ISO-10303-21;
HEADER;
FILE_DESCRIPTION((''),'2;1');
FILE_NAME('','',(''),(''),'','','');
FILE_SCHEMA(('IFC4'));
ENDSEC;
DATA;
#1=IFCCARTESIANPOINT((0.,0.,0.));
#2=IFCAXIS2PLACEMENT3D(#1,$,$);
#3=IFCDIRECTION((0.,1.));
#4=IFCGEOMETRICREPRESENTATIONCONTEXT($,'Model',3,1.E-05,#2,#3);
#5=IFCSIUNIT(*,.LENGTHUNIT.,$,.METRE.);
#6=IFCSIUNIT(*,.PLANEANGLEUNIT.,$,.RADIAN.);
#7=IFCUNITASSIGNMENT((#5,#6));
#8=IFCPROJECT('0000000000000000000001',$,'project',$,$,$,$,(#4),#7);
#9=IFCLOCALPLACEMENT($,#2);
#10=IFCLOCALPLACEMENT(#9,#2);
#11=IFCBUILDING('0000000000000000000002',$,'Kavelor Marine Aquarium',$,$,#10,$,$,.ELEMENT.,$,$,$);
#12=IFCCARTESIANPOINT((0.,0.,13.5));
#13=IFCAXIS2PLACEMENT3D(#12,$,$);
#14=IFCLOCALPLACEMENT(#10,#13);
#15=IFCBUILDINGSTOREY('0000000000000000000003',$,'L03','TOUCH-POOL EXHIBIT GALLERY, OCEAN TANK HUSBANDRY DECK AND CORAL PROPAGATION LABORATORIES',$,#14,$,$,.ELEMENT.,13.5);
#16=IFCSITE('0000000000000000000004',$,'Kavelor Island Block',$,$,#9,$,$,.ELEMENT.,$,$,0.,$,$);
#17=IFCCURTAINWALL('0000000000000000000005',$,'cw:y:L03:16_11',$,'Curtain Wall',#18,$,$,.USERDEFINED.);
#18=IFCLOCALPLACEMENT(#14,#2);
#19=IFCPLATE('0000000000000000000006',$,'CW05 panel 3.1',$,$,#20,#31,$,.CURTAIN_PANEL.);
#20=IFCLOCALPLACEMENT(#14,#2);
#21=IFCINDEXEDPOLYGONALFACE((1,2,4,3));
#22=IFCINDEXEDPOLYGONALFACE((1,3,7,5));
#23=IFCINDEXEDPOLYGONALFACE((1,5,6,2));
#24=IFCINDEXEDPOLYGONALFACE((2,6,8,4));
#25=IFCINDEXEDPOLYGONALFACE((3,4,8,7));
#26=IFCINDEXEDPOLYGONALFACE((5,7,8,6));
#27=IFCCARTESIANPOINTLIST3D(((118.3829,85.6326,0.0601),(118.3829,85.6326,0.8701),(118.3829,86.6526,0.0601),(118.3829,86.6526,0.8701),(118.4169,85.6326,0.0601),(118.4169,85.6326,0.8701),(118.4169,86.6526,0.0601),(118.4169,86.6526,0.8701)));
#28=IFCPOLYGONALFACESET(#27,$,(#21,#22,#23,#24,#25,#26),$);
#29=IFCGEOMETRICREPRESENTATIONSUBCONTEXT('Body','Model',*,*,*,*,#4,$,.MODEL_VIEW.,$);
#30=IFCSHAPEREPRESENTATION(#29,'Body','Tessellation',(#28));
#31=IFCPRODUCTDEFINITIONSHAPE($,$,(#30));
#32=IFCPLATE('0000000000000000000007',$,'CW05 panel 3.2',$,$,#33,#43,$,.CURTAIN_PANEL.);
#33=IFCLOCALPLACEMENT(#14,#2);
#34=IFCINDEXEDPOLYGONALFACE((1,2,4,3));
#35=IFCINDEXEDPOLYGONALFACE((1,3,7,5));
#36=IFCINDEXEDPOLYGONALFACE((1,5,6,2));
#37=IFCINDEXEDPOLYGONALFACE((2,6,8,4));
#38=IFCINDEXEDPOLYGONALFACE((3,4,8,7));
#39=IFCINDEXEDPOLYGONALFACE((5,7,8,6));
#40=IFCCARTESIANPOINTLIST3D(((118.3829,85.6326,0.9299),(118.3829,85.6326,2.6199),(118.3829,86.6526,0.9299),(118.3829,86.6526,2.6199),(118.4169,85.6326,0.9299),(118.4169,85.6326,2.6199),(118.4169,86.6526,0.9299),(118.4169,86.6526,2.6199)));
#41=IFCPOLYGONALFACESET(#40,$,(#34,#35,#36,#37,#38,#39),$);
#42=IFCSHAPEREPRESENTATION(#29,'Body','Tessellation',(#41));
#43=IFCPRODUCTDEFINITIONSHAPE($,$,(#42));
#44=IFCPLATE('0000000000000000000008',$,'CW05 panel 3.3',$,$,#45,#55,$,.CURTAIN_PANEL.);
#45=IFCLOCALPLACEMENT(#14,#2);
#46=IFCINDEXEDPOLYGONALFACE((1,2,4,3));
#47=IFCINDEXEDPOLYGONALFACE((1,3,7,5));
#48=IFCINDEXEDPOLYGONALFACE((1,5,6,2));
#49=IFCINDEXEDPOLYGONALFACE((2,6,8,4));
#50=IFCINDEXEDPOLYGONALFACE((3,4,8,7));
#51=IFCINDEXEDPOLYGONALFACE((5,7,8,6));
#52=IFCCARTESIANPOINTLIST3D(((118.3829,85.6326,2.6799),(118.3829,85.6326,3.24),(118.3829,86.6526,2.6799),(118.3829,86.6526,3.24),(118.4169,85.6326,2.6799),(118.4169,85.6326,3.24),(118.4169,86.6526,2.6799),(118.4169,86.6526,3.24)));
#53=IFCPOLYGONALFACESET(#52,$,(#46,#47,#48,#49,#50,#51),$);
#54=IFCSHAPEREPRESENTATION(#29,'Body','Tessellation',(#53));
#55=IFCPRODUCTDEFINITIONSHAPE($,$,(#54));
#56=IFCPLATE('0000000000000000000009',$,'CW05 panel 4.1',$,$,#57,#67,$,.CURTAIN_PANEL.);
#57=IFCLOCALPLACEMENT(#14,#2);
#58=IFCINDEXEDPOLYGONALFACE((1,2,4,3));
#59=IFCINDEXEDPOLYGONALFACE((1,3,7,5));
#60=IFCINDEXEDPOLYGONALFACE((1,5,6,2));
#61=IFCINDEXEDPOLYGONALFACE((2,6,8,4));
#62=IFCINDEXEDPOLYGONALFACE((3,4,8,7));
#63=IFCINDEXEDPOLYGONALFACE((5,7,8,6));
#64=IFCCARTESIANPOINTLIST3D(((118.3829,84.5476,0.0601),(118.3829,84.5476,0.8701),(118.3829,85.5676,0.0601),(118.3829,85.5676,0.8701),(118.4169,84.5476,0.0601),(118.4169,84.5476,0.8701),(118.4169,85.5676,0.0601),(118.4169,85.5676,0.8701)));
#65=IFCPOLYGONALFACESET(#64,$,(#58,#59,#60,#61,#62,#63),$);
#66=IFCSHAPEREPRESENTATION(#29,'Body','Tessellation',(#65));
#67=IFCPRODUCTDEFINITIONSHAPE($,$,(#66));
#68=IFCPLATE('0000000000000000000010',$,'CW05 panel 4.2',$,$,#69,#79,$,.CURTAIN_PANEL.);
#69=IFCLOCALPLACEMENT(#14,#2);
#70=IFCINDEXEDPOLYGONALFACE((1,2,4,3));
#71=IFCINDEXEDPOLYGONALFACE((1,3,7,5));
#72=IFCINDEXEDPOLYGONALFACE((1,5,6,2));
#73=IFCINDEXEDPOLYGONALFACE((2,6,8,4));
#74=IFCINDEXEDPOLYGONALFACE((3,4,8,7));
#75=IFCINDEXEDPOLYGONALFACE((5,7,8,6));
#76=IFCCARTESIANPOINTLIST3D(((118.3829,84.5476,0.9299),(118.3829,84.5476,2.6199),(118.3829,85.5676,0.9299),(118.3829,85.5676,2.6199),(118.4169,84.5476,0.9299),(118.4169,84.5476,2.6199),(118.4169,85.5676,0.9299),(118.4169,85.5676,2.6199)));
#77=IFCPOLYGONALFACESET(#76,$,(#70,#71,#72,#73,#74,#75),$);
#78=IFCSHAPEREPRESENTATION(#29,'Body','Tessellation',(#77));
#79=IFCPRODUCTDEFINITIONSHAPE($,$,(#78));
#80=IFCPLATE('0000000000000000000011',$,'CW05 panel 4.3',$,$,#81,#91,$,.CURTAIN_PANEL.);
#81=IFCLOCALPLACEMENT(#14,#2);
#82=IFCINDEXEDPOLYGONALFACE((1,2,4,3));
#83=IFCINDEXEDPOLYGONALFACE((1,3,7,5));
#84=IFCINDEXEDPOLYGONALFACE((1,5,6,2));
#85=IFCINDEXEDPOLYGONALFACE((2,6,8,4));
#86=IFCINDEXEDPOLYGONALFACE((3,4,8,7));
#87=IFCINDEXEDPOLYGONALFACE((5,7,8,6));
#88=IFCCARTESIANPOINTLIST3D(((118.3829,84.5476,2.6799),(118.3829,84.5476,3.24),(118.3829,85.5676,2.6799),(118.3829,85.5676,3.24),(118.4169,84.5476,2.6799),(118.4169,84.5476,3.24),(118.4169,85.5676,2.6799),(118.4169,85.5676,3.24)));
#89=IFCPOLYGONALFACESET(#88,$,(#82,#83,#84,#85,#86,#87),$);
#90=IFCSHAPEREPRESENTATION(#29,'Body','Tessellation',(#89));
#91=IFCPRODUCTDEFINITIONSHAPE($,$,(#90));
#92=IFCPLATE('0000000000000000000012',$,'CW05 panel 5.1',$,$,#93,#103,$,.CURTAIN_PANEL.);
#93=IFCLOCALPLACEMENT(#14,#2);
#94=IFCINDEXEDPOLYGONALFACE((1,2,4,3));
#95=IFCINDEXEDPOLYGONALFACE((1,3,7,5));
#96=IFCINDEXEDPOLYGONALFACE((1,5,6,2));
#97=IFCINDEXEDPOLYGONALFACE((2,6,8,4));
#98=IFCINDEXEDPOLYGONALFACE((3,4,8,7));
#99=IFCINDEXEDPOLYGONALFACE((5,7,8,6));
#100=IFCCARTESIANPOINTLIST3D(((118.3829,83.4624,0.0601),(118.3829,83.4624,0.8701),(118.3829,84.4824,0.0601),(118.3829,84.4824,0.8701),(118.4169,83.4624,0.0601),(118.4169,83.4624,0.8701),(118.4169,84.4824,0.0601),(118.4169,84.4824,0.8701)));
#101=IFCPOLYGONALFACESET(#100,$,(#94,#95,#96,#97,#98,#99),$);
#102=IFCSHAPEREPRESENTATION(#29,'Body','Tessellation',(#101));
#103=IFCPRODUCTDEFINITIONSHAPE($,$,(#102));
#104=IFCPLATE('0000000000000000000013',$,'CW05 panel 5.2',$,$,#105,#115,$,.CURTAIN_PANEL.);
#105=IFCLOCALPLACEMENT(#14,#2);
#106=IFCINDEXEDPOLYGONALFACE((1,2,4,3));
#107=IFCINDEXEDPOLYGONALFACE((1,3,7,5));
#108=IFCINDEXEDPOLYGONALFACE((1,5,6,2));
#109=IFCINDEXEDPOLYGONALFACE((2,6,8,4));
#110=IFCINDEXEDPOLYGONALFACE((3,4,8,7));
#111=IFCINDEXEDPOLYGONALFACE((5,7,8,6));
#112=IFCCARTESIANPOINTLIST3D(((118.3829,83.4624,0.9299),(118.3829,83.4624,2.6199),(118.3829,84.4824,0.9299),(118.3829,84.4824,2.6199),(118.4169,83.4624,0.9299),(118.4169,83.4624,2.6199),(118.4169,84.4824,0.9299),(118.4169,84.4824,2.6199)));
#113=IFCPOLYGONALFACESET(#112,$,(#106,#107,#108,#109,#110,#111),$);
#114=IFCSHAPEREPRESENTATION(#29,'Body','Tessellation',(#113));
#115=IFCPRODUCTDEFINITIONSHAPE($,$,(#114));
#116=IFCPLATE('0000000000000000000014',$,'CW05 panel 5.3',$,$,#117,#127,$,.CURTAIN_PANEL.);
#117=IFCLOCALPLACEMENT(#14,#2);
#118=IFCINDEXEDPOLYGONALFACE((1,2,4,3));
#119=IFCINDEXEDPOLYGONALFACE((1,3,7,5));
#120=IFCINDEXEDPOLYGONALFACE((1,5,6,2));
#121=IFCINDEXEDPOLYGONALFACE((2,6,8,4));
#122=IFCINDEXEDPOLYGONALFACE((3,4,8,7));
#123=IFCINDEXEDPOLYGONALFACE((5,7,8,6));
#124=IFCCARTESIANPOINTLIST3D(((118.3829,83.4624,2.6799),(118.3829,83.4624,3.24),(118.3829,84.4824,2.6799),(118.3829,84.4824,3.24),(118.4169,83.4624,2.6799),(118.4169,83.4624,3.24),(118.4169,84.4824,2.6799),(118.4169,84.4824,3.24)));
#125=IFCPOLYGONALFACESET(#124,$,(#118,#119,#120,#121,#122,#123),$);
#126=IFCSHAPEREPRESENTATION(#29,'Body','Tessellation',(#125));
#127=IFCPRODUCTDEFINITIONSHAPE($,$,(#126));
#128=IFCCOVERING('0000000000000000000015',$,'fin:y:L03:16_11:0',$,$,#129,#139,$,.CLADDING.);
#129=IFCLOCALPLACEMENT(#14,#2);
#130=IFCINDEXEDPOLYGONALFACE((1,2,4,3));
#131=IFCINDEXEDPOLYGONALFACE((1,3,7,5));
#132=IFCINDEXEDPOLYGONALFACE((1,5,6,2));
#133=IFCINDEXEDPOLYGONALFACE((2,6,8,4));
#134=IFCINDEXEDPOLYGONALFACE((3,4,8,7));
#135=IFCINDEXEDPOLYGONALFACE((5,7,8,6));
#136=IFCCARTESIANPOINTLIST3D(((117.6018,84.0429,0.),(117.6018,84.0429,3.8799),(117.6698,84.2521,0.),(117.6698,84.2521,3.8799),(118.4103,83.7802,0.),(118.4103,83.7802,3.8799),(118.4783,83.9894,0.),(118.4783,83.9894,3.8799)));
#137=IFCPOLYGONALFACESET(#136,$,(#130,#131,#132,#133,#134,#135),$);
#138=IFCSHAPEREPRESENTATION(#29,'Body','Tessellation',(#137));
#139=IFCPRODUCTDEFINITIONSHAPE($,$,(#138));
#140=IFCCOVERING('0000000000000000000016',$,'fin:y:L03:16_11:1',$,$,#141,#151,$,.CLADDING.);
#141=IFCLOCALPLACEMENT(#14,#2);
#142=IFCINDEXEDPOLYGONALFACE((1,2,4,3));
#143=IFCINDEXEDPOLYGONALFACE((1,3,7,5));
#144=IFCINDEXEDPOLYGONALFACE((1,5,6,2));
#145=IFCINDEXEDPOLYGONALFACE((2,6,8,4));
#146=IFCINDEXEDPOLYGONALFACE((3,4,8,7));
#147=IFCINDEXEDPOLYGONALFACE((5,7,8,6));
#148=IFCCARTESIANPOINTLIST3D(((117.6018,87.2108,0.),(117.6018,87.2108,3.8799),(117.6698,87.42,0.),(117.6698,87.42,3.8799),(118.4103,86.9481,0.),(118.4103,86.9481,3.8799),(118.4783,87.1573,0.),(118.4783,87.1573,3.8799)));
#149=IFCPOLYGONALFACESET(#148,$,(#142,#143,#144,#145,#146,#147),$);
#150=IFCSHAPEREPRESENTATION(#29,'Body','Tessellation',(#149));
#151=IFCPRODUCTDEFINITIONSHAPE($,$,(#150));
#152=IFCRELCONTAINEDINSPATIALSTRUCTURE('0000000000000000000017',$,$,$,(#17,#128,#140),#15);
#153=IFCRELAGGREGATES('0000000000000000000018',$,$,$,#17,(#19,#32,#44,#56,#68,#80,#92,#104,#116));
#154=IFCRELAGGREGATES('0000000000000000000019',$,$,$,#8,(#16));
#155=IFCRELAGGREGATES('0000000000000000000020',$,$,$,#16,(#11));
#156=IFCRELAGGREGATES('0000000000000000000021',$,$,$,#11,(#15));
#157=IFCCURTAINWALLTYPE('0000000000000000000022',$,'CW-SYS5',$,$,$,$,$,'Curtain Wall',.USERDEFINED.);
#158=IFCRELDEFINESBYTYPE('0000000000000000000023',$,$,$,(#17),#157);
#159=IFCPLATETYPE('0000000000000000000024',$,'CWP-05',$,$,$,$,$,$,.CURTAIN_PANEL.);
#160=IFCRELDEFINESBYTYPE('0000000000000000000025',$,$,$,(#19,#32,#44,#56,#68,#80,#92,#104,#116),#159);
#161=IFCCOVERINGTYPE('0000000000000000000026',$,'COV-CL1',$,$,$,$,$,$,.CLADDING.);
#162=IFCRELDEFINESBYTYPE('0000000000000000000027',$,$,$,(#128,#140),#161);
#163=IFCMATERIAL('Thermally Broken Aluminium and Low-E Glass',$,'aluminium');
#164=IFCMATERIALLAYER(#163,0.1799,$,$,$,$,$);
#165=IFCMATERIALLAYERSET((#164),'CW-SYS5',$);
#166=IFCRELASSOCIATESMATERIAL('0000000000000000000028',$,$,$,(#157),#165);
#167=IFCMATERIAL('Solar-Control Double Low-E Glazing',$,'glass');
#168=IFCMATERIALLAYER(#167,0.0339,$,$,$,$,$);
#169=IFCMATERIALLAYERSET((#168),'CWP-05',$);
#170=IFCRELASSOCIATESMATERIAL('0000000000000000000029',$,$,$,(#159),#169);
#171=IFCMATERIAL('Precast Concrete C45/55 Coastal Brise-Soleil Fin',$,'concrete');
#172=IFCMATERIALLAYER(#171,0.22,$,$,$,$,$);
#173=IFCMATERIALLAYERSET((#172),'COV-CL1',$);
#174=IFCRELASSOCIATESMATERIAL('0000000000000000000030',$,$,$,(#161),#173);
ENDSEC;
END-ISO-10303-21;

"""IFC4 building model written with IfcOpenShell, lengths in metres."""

from ifc_helpers import new_model, si_unit, direction, frame, origin, origin_2d, place, context, subcontext, project, spatial, rectangle, extrude, material, layer, layer_set, type_object, element, aggregate, save


model = new_model("IFC4")

# Units and contexts
model_context = context("Model", 3, precision=1e-05, world=origin(), true_north=direction((0.0, 1.0)))
body_context = subcontext(model_context, "Body", "Model", "MODEL_VIEW")
ifc_project = project(units=[si_unit("LENGTHUNIT", "METRE"), si_unit("PLANEANGLEUNIT", "RADIAN")], contexts=[model_context])

# Site, building, storey
site_placement = place(None, origin())
site = spatial("IfcSite", under=ifc_project, at=site_placement, Name="Kavelor Island Block", CompositionType="ELEMENT", RefElevation=0.0)
building_placement = place(site_placement, origin())
building = spatial("IfcBuilding", under=site, at=building_placement, Name="Kavelor Marine Aquarium", CompositionType="ELEMENT")
storey_placement = place(building_placement, frame((0.0, 0.0, 13.5)))
storey = spatial("IfcBuildingStorey", under=building, at=storey_placement, Name="L03", Description="TOUCH-POOL EXHIBIT GALLERY, OCEAN TANK HUSBANDRY DECK AND CORAL PROPAGATION LABORATORIES", CompositionType="ELEMENT", Elevation=13.5)

# Curtain wall, plates
ifc_material_1 = material(Name="Thermally Broken Aluminium and Low-E Glass", Category="aluminium")
ifc_layer_1 = layer(ifc_material_1, 0.1799)
ifc_layer_set_1 = layer_set([ifc_layer_1], Name="CW-SYS5")
curtain_wall_type = type_object("IfcCurtainWallType", Name="CW-SYS5", ElementType="Curtain Wall", PredefinedType="USERDEFINED", material=ifc_layer_set_1)
curtain_wall_placement = place(storey_placement, origin())
curtain_wall = element("IfcCurtainWall", 1, at=curtain_wall_placement, inside=storey, type_object=curtain_wall_type, Name="cw:y:L03:16_11", ObjectType="Curtain Wall", PredefinedType="USERDEFINED")
ifc_material_2 = material(Name="Solar-Control Double Low-E Glazing", Category="glass")
ifc_layer_2 = layer(ifc_material_2, 0.0339)
ifc_layer_set_2 = layer_set([ifc_layer_2], Name="CWP-05")
plate_type = type_object("IfcPlateType", Name="CWP-05", PredefinedType="CURTAIN_PANEL", material=ifc_layer_set_2)
plate_1_placement = place(storey_placement, frame((118.3999, 86.1426, 0.0601), z_axis=(0.0, 0.0, 1.0), x_axis=(0.0, -1.0, 0.0)))
plate_1 = element("IfcPlate", 2, at=plate_1_placement, type_object=plate_type, Name="CW05 panel 3.1", PredefinedType="CURTAIN_PANEL", context=body_context, shape_type="SweptSolid", body=[
    extrude(rectangle(XDim=1.02, YDim=0.0339, at=origin_2d()), origin(), (0.0, 0.0, 1.0), 0.8101),
])
plate_2_placement = place(storey_placement, frame((118.3999, 86.1426, 0.9299), z_axis=(0.0, 0.0, 1.0), x_axis=(0.0, -1.0, 0.0)))
plate_2 = element("IfcPlate", 3, at=plate_2_placement, type_object=plate_type, Name="CW05 panel 3.2", PredefinedType="CURTAIN_PANEL", context=body_context, shape_type="SweptSolid", body=[
    extrude(rectangle(XDim=1.02, YDim=0.0339, at=origin_2d()), origin(), (0.0, 0.0, 1.0), 1.6899),
])
plate_3_placement = place(storey_placement, frame((118.3999, 86.1426, 2.6799), z_axis=(0.0, 0.0, 1.0), x_axis=(0.0, -1.0, 0.0)))
plate_3 = element("IfcPlate", 4, at=plate_3_placement, type_object=plate_type, Name="CW05 panel 3.3", PredefinedType="CURTAIN_PANEL", context=body_context, shape_type="SweptSolid", body=[
    extrude(rectangle(XDim=1.02, YDim=0.0339, at=origin_2d()), origin(), (0.0, 0.0, 1.0), 0.5601),
])
plate_4_placement = place(storey_placement, frame((118.3999, 85.0576, 0.0601), z_axis=(0.0, 0.0, 1.0), x_axis=(0.0, -1.0, 0.0)))
plate_4 = element("IfcPlate", 5, at=plate_4_placement, type_object=plate_type, Name="CW05 panel 4.1", PredefinedType="CURTAIN_PANEL", context=body_context, shape_type="SweptSolid", body=[
    extrude(rectangle(XDim=1.02, YDim=0.0339, at=origin_2d()), origin(), (0.0, 0.0, 1.0), 0.8101),
])
plate_5_placement = place(storey_placement, frame((118.3999, 85.0576, 0.9299), z_axis=(0.0, 0.0, 1.0), x_axis=(0.0, -1.0, 0.0)))
plate_5 = element("IfcPlate", 6, at=plate_5_placement, type_object=plate_type, Name="CW05 panel 4.2", PredefinedType="CURTAIN_PANEL", context=body_context, shape_type="SweptSolid", body=[
    extrude(rectangle(XDim=1.02, YDim=0.0339, at=origin_2d()), origin(), (0.0, 0.0, 1.0), 1.6899),
])
plate_6_placement = place(storey_placement, frame((118.3999, 85.0576, 2.6799), z_axis=(0.0, 0.0, 1.0), x_axis=(0.0, -1.0, 0.0)))
plate_6 = element("IfcPlate", 7, at=plate_6_placement, type_object=plate_type, Name="CW05 panel 4.3", PredefinedType="CURTAIN_PANEL", context=body_context, shape_type="SweptSolid", body=[
    extrude(rectangle(XDim=1.02, YDim=0.0339, at=origin_2d()), origin(), (0.0, 0.0, 1.0), 0.5601),
])
plate_7_placement = place(storey_placement, frame((118.3999, 83.9724, 0.0601), z_axis=(0.0, 0.0, 1.0), x_axis=(0.0, -1.0, 0.0)))
plate_7 = element("IfcPlate", 8, at=plate_7_placement, type_object=plate_type, Name="CW05 panel 5.1", PredefinedType="CURTAIN_PANEL", context=body_context, shape_type="SweptSolid", body=[
    extrude(rectangle(XDim=1.02, YDim=0.0339, at=origin_2d()), origin(), (0.0, 0.0, 1.0), 0.8101),
])
plate_8_placement = place(storey_placement, frame((118.3999, 83.9724, 0.9299), z_axis=(0.0, 0.0, 1.0), x_axis=(0.0, -1.0, 0.0)))
plate_8 = element("IfcPlate", 9, at=plate_8_placement, type_object=plate_type, Name="CW05 panel 5.2", PredefinedType="CURTAIN_PANEL", context=body_context, shape_type="SweptSolid", body=[
    extrude(rectangle(XDim=1.02, YDim=0.0339, at=origin_2d()), origin(), (0.0, 0.0, 1.0), 1.6899),
])
plate_9_placement = place(storey_placement, frame((118.3999, 83.9724, 2.6799), z_axis=(0.0, 0.0, 1.0), x_axis=(0.0, -1.0, 0.0)))
plate_9 = element("IfcPlate", 10, at=plate_9_placement, type_object=plate_type, Name="CW05 panel 5.3", PredefinedType="CURTAIN_PANEL", context=body_context, shape_type="SweptSolid", body=[
    extrude(rectangle(XDim=1.02, YDim=0.0339, at=origin_2d()), origin(), (0.0, 0.0, 1.0), 0.5601),
])
aggregate(curtain_wall, [plate_1, plate_2, plate_3, plate_4, plate_5, plate_6, plate_7, plate_8, plate_9])

# Coverings
ifc_material_3 = material(Name="Precast Concrete C45/55 Coastal Brise-Soleil Fin", Category="concrete")
ifc_layer_3 = layer(ifc_material_3, 0.22)
ifc_layer_set_3 = layer_set([ifc_layer_3], Name="COV-CL1")
covering_type = type_object("IfcCoveringType", Name="COV-CL1", PredefinedType="CLADDING", material=ifc_layer_set_3)
for number, where, z_axis, x_axis, name in (
    (11, (118.04, 84.0161, 0.0), (0.0, 0.0, 1.0), (0.951057, -0.309017, 0.0), "fin:y:L03:16_11:0"),
    (12, (118.04, 87.1841, 0.0), (0.0, 0.0, 1.0), (0.951057, -0.309017, 0.0), "fin:y:L03:16_11:1"),
):
    element("IfcCovering", number, at=place(storey_placement, frame(where, z_axis=z_axis, x_axis=x_axis)), inside=storey, type_object=covering_type, Name=name, PredefinedType="CLADDING", context=body_context, shape_type="SweptSolid", body=[
        extrude(rectangle(XDim=0.8501, YDim=0.22, at=origin_2d()), origin(), (0.0, 0.0, 1.0), 3.8799),
    ])

save(model, "model.ifc")
